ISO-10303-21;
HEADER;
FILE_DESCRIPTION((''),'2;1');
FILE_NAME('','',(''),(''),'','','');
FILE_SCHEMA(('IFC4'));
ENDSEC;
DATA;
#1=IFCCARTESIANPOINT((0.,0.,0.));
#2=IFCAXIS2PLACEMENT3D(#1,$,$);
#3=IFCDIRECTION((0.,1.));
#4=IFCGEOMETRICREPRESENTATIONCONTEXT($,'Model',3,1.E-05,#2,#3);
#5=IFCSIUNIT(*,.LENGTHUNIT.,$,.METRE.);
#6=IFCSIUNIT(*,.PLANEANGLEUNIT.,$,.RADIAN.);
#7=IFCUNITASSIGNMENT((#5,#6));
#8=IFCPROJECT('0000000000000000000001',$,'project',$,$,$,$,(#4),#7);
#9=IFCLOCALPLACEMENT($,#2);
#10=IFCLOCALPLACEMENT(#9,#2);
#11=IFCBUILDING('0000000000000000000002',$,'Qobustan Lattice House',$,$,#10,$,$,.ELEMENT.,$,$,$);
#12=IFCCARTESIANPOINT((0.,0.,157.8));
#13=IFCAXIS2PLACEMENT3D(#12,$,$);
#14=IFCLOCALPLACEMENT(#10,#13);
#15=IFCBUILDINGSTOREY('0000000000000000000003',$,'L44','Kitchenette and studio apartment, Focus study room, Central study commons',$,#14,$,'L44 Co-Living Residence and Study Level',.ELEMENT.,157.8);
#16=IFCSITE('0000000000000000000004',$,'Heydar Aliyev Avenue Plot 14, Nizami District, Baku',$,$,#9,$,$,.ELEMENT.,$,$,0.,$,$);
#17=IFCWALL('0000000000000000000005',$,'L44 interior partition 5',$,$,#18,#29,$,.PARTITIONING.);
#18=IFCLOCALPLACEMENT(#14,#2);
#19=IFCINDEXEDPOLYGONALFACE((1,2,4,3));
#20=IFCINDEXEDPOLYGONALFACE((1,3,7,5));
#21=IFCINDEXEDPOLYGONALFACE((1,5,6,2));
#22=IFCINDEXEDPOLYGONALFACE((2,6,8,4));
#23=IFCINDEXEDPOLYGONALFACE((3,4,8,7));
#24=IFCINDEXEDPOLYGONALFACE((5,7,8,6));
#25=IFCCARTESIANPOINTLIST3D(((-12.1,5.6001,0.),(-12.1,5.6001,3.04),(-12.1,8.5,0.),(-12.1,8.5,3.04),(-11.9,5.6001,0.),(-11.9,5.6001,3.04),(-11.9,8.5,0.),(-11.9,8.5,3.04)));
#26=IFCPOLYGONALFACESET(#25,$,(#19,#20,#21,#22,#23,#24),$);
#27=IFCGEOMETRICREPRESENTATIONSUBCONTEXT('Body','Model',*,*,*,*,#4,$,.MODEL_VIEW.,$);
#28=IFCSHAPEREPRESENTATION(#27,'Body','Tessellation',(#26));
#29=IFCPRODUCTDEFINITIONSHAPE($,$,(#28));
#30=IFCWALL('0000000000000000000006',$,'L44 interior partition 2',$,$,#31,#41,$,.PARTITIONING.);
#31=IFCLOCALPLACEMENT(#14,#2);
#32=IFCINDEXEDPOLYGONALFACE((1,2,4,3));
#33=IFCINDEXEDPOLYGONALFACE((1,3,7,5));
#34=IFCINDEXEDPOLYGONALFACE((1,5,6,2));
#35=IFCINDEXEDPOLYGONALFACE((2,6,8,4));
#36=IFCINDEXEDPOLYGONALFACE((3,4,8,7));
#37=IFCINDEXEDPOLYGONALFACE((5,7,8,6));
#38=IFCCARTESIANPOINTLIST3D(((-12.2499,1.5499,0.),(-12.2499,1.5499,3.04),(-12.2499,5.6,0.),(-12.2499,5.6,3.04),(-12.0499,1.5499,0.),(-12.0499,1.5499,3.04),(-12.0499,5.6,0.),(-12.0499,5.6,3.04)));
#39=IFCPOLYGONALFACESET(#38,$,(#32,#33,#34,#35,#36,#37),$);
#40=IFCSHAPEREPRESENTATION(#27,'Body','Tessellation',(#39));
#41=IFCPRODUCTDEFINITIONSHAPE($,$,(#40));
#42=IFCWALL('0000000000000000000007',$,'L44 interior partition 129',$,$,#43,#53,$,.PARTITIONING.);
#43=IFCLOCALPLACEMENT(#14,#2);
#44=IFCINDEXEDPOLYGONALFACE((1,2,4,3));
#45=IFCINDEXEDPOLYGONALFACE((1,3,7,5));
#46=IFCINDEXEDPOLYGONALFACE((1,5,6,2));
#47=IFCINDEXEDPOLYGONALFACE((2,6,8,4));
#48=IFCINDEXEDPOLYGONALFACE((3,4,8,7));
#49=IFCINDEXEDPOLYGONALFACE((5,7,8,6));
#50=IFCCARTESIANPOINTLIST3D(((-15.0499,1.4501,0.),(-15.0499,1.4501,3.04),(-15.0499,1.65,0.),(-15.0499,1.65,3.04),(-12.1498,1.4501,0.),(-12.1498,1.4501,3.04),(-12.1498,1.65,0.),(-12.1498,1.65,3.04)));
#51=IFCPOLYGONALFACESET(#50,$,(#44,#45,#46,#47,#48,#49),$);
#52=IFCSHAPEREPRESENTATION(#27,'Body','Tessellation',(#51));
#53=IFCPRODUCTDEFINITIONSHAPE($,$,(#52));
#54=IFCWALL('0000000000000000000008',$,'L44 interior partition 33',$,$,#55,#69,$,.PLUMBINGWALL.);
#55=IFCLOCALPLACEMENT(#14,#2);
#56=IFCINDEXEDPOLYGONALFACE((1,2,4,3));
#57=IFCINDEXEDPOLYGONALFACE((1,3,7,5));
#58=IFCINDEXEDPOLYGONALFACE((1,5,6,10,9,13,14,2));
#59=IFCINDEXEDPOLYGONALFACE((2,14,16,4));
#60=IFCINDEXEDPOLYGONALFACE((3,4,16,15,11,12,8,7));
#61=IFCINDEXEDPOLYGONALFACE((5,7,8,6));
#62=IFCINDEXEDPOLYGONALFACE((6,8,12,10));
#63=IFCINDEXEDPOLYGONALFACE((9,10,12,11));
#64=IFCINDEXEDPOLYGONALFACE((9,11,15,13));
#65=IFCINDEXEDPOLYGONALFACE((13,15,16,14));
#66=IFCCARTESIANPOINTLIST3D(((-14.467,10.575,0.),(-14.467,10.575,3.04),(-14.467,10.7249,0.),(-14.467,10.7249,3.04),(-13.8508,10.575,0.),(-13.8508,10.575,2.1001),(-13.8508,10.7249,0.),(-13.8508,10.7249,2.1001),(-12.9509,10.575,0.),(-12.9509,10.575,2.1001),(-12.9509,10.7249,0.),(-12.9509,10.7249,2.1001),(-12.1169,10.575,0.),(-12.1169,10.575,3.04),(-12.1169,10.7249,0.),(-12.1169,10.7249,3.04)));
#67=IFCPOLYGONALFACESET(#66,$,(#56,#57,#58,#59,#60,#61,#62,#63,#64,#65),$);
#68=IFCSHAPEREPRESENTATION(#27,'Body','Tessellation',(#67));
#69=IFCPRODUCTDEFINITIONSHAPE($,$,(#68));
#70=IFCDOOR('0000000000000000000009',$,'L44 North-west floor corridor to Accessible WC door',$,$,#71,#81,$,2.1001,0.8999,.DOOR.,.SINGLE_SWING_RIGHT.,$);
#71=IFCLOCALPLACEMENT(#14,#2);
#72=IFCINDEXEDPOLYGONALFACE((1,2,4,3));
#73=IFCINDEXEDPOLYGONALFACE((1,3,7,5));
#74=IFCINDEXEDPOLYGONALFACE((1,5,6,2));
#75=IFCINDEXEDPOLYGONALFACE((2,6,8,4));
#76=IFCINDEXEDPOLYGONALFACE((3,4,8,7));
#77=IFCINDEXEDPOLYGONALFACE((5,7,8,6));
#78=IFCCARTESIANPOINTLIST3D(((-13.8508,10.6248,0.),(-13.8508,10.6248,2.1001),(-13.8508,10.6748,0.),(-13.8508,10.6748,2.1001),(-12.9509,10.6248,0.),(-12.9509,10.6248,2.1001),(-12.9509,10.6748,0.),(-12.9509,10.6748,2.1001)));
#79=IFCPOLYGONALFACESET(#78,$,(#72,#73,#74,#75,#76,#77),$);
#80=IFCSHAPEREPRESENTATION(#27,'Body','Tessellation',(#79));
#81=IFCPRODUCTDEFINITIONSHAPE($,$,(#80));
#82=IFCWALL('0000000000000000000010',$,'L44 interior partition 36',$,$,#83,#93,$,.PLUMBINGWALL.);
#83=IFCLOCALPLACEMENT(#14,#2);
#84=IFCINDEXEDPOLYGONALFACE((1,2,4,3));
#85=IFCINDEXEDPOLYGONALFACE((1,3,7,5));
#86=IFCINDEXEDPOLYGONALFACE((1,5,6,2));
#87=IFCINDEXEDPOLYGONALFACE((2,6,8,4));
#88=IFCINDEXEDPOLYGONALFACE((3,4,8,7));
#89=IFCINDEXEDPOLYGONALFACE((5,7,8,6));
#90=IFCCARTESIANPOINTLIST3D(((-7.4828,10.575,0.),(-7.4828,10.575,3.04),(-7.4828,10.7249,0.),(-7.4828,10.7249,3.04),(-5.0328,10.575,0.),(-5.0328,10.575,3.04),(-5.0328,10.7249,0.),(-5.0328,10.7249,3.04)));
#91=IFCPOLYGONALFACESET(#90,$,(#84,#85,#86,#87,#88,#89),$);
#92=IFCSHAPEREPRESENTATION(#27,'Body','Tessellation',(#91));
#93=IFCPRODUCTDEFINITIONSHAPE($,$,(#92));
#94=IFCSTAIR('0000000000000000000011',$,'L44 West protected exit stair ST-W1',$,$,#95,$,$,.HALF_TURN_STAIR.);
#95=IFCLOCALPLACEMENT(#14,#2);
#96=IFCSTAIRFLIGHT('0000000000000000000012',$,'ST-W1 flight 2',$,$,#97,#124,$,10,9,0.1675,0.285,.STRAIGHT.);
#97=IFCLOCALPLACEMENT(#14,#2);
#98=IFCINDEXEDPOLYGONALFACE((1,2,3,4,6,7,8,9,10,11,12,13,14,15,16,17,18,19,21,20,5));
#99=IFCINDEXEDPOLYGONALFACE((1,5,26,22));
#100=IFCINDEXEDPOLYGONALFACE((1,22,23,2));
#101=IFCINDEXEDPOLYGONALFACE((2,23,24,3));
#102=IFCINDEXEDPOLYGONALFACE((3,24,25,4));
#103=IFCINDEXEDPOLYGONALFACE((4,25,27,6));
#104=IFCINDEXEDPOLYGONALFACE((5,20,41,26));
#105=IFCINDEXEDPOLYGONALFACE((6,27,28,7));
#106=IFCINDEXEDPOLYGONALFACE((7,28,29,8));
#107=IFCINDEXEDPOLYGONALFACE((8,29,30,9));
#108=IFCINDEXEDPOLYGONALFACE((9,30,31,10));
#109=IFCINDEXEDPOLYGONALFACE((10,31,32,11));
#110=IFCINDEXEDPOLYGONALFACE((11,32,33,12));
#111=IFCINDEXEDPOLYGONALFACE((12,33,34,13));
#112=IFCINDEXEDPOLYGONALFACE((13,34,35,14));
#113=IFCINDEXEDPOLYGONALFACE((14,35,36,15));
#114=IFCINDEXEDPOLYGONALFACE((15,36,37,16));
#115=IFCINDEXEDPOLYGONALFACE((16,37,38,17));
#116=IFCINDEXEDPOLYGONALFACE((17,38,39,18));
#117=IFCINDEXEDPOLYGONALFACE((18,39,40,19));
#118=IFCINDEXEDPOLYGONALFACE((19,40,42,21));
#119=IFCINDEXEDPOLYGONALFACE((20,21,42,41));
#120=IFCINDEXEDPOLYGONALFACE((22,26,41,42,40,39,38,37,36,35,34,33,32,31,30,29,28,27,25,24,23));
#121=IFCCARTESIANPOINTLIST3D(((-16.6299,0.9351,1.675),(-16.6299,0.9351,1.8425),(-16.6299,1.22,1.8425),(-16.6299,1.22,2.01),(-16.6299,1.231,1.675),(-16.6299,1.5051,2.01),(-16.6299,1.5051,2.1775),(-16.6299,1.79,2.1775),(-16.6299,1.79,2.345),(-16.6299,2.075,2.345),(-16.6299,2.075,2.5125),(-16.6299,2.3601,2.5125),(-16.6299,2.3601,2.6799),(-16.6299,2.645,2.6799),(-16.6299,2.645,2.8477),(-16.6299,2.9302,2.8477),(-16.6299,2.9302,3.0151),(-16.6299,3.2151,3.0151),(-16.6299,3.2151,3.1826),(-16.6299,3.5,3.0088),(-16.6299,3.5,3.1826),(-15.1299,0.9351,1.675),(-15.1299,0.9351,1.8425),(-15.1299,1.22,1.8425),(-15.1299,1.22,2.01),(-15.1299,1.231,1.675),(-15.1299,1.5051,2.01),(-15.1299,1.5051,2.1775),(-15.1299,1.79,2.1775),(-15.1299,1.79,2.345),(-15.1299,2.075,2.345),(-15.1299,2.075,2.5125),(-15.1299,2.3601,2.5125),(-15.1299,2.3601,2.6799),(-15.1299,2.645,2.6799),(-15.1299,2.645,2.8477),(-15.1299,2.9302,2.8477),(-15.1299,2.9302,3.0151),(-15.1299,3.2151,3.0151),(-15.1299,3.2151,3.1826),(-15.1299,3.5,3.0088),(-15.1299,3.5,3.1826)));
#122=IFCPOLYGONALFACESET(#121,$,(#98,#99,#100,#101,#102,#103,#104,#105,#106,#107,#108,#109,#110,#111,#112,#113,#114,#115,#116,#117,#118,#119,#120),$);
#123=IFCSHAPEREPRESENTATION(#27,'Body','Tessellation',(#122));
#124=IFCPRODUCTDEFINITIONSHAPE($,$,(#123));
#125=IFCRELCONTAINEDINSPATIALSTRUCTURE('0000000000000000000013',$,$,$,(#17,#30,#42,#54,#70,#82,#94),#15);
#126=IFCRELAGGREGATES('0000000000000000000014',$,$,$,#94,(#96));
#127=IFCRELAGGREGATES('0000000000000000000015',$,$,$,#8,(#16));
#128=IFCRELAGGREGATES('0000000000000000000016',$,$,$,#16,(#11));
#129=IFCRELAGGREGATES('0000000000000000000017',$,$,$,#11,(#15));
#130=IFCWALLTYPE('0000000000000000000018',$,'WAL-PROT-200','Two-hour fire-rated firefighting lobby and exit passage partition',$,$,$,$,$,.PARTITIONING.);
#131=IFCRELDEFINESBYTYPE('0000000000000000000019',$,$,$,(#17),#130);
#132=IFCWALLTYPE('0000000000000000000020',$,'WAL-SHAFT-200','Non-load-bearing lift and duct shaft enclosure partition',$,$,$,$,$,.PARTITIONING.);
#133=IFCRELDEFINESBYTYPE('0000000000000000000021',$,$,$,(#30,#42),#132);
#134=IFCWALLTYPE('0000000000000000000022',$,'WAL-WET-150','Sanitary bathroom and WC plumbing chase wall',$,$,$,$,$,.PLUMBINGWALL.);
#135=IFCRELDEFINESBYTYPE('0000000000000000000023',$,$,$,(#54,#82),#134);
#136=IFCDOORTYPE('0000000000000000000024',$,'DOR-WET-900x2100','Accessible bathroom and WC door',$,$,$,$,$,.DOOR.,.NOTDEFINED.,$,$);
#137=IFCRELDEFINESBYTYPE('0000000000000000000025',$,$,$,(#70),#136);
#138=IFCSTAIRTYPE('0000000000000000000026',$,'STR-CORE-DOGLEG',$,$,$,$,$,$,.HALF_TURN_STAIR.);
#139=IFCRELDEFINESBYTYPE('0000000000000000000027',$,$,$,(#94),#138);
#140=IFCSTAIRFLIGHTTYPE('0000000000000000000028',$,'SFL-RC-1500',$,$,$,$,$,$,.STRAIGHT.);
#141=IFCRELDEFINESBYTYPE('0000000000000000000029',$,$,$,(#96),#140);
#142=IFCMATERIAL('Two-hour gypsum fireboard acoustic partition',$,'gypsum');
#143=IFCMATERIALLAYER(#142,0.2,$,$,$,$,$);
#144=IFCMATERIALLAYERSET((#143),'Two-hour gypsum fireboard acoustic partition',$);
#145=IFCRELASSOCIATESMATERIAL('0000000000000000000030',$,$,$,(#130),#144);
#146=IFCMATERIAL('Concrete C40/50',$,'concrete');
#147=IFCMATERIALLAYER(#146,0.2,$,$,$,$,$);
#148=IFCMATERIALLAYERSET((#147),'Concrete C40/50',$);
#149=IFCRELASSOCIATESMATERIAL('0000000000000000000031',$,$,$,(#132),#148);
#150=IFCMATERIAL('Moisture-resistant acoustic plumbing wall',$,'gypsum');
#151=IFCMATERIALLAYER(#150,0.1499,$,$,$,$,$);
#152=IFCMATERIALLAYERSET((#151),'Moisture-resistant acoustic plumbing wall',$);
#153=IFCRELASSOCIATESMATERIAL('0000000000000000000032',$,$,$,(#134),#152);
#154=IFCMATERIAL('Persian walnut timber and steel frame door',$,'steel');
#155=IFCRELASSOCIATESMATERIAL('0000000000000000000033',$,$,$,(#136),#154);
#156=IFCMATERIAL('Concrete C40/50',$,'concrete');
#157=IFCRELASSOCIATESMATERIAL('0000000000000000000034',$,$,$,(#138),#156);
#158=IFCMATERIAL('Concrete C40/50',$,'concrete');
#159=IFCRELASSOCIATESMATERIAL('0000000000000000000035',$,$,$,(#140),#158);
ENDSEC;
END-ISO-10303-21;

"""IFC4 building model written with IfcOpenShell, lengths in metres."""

from ifc_helpers import new_model, si_unit, direction, frame, frame_2d, origin, place, context, subcontext, project, spatial, polyline, rectangle, outline, extrude, material, layer, layer_set, type_object, element, fill, aggregate, save


model = new_model("IFC4")

# Units and contexts
model_context = context("Model", 3, precision=1e-05, world=origin(), true_north=direction((0.0, 1.0)))
body_context = subcontext(model_context, "Body", "Model", "MODEL_VIEW")
ifc_project = project(units=[si_unit("LENGTHUNIT", "METRE"), si_unit("PLANEANGLEUNIT", "RADIAN")], contexts=[model_context])

# Site, building, storey
site_placement = place(None, origin())
site = spatial("IfcSite", under=ifc_project, at=site_placement, Name="Heydar Aliyev Avenue Plot 14, Nizami District, Baku", CompositionType="ELEMENT", RefElevation=0.0)
building_placement = place(site_placement, origin())
building = spatial("IfcBuilding", under=site, at=building_placement, Name="Qobustan Lattice House", CompositionType="ELEMENT")
storey_placement = place(building_placement, frame((0.0, 0.0, 157.8)))
storey = spatial("IfcBuildingStorey", under=building, at=storey_placement, Name="L44", Description="Kitchenette and studio apartment, Focus study room, Central study commons", LongName="L44 Co-Living Residence and Study Level", CompositionType="ELEMENT", Elevation=157.8)

# Shared definitions
ifc_material_1 = material(Name="Two-hour gypsum fireboard acoustic partition", Category="gypsum")
ifc_layer_1 = layer(ifc_material_1, 0.2)
ifc_layer_set_1 = layer_set([ifc_layer_1], Name="Two-hour gypsum fireboard acoustic partition")
wall_type_1 = type_object("IfcWallType", Name="WAL-PROT-200", Description="Two-hour fire-rated firefighting lobby and exit passage partition", PredefinedType="PARTITIONING", material=ifc_layer_set_1)

# Walls
wall_1_placement = place(storey_placement, frame((-12.0, 5.6001, 0.0), z_axis=(0.0, 0.0, 1.0), x_axis=(0.0, 1.0, 0.0)))
element("IfcWall", 1, at=wall_1_placement, inside=storey, type_object=wall_type_1, Name="L44 interior partition 5", PredefinedType="PARTITIONING", context=body_context, shape_type="SweptSolid", body=[
    extrude(rectangle(XDim=2.8999, YDim=0.2, at=frame_2d((1.45, 0.0))), origin(), (0.0, 0.0, 1.0), 3.04),
])
ifc_material_2 = material(Name="Concrete C40/50", Category="concrete")
ifc_layer_2 = layer(ifc_material_2, 0.2)
ifc_layer_set_2 = layer_set([ifc_layer_2], Name="Concrete C40/50")
wall_type_2 = type_object("IfcWallType", Name="WAL-SHAFT-200", Description="Non-load-bearing lift and duct shaft enclosure partition", PredefinedType="PARTITIONING", material=ifc_layer_set_2)
wall_2_placement = place(storey_placement, frame((-12.1499, 1.55, 0.0), z_axis=(0.0, 0.0, 1.0), x_axis=(0.0, 1.0, 0.0)))
element("IfcWall", 2, at=wall_2_placement, inside=storey, type_object=wall_type_2, Name="L44 interior partition 2", PredefinedType="PARTITIONING", context=body_context, shape_type="SweptSolid", body=[
    extrude(rectangle(XDim=4.05, YDim=0.2, at=frame_2d((2.0249, 0.0))), origin(), (0.0, 0.0, 1.0), 3.04),
])
wall_3_placement = place(storey_placement, frame((-15.05, 1.55, 0.0), z_axis=(0.0, 0.0, 1.0), x_axis=(1.0, 0.0, 0.0)))
element("IfcWall", 3, at=wall_3_placement, inside=storey, type_object=wall_type_2, Name="L44 interior partition 129", PredefinedType="PARTITIONING", context=body_context, shape_type="SweptSolid", body=[
    extrude(rectangle(XDim=2.9001, YDim=0.2, at=frame_2d((1.4502, 0.0))), origin(), (0.0, 0.0, 1.0), 3.04),
])

# Wall, opening, door
ifc_material_3 = material(Name="Moisture-resistant acoustic plumbing wall", Category="gypsum")
ifc_layer_3 = layer(ifc_material_3, 0.1499)
ifc_layer_set_3 = layer_set([ifc_layer_3], Name="Moisture-resistant acoustic plumbing wall")
wall_type_3 = type_object("IfcWallType", Name="WAL-WET-150", Description="Sanitary bathroom and WC plumbing chase wall", PredefinedType="PLUMBINGWALL", material=ifc_layer_set_3)
wall_4_placement = place(storey_placement, frame((-14.467, 10.6499, 0.0), z_axis=(0.0, 0.0, 1.0), x_axis=(1.0, 0.0, 0.0)))
wall_4 = element("IfcWall", 4, at=wall_4_placement, inside=storey, type_object=wall_type_3, Name="L44 interior partition 33", PredefinedType="PLUMBINGWALL", context=body_context, shape_type="SweptSolid", body=[
    extrude(rectangle(XDim=2.3501, YDim=0.1499, at=frame_2d((1.175, 0.0))), origin(), (0.0, 0.0, 1.0), 3.04),
])
opening_1_placement = place(wall_4_placement, frame((0.6162, 0.0, 0.0)))
opening_1 = element("IfcOpeningElement", 5, at=opening_1_placement, cuts=wall_4, PredefinedType="OPENING", context=body_context, shape_type="SweptSolid", body=[
    extrude(rectangle(XDim=0.8999, YDim=2.1001, at=frame_2d((0.45, 1.05))), frame((0.0, 0.085, 0.0), z_axis=(0.0, -1.0, 0.0), x_axis=(1.0, 0.0, 0.0)), (0.0, 0.0, 1.0), 0.1699),
])
ifc_material_4 = material(Name="Persian walnut timber and steel frame door", Category="steel")
door_type_1 = type_object("IfcDoorType", Name="DOR-WET-900x2100", Description="Accessible bathroom and WC door", OperationType="NOTDEFINED", PredefinedType="DOOR", material=ifc_material_4)
door_1_placement = place(opening_1_placement, origin())
door_1 = element("IfcDoor", 6, at=door_1_placement, inside=storey, type_object=door_type_1, Name="L44 North-west floor corridor to Accessible WC door", OperationType="SINGLE_SWING_RIGHT", OverallHeight=2.1001, OverallWidth=0.8999, PredefinedType="DOOR", context=body_context, shape_type="SweptSolid", body=[
    extrude(rectangle(XDim=0.8999, YDim=2.1001, at=frame_2d((0.45, 1.05))), frame((0.0, 0.0249, 0.0), z_axis=(0.0, -1.0, 0.0), x_axis=(1.0, 0.0, 0.0)), (0.0, 0.0, 1.0), 0.05),
])
fill(opening_1, door_1)

# Wall
wall_5_placement = place(storey_placement, frame((-7.4829, 10.6499, 0.0), z_axis=(0.0, 0.0, 1.0), x_axis=(1.0, 0.0, 0.0)))
element("IfcWall", 7, at=wall_5_placement, inside=storey, type_object=wall_type_3, Name="L44 interior partition 36", PredefinedType="PLUMBINGWALL", context=body_context, shape_type="SweptSolid", body=[
    extrude(rectangle(XDim=2.45, YDim=0.1499, at=frame_2d((1.2251, 0.0))), origin(), (0.0, 0.0, 1.0), 3.04),
])

# Stair, stair flight
ifc_material_5 = material(Name="Concrete C40/50", Category="concrete")
stair_type = type_object("IfcStairType", Name="STR-CORE-DOGLEG", PredefinedType="HALF_TURN_STAIR", material=ifc_material_5)
stair_placement = place(storey_placement, origin())
stair = element("IfcStair", 8, at=stair_placement, inside=storey, type_object=stair_type, Name="L44 West protected exit stair ST-W1", PredefinedType="HALF_TURN_STAIR")
ifc_material_6 = material(Name="Concrete C40/50", Category="concrete")
stair_flight_type = type_object("IfcStairFlightType", Name="SFL-RC-1500", PredefinedType="STRAIGHT", material=ifc_material_6)
stair_flight_placement = place(storey_placement, frame((-15.8799, 0.9351, 1.675), z_axis=(0.0, 0.0, 1.0), x_axis=(0.0, 1.0, 0.0)))
stair_flight = element("IfcStairFlight", 9, at=stair_flight_placement, type_object=stair_flight_type, Name="ST-W1 flight 2", NumberOfRisers=10, NumberOfTreads=9, PredefinedType="STRAIGHT", RiserHeight=0.1675, TreadLength=0.285, context=body_context, shape_type="SweptSolid", body=[
    extrude(outline(polyline([(0.0, 0.0), (0.0, 0.1675), (0.2849, 0.1675), (0.2849, 0.335), (0.5701, 0.335), (0.5701, 0.5024), (0.855, 0.5024), (0.855, 0.6699), (1.1399, 0.6699), (1.1399, 0.8374), (1.425, 0.8374), (1.425, 1.0049), (1.71, 1.0049), (1.71, 1.1726), (1.9951, 1.1726), (1.9951, 1.3401), (2.28, 1.3401), (2.28, 1.5076), (2.5649, 1.5076), (2.5649, 1.675), (2.5649, 1.3337), (0.2959, 0.0), (0.0, 0.0)])), frame((0.0, 0.75, 0.0), z_axis=(0.0, -1.0, 0.0), x_axis=(1.0, 0.0, 0.0)), (0.0, 0.0, 1.0), 1.5),
])
aggregate(stair, [stair_flight])

save(model, "model.ifc")
